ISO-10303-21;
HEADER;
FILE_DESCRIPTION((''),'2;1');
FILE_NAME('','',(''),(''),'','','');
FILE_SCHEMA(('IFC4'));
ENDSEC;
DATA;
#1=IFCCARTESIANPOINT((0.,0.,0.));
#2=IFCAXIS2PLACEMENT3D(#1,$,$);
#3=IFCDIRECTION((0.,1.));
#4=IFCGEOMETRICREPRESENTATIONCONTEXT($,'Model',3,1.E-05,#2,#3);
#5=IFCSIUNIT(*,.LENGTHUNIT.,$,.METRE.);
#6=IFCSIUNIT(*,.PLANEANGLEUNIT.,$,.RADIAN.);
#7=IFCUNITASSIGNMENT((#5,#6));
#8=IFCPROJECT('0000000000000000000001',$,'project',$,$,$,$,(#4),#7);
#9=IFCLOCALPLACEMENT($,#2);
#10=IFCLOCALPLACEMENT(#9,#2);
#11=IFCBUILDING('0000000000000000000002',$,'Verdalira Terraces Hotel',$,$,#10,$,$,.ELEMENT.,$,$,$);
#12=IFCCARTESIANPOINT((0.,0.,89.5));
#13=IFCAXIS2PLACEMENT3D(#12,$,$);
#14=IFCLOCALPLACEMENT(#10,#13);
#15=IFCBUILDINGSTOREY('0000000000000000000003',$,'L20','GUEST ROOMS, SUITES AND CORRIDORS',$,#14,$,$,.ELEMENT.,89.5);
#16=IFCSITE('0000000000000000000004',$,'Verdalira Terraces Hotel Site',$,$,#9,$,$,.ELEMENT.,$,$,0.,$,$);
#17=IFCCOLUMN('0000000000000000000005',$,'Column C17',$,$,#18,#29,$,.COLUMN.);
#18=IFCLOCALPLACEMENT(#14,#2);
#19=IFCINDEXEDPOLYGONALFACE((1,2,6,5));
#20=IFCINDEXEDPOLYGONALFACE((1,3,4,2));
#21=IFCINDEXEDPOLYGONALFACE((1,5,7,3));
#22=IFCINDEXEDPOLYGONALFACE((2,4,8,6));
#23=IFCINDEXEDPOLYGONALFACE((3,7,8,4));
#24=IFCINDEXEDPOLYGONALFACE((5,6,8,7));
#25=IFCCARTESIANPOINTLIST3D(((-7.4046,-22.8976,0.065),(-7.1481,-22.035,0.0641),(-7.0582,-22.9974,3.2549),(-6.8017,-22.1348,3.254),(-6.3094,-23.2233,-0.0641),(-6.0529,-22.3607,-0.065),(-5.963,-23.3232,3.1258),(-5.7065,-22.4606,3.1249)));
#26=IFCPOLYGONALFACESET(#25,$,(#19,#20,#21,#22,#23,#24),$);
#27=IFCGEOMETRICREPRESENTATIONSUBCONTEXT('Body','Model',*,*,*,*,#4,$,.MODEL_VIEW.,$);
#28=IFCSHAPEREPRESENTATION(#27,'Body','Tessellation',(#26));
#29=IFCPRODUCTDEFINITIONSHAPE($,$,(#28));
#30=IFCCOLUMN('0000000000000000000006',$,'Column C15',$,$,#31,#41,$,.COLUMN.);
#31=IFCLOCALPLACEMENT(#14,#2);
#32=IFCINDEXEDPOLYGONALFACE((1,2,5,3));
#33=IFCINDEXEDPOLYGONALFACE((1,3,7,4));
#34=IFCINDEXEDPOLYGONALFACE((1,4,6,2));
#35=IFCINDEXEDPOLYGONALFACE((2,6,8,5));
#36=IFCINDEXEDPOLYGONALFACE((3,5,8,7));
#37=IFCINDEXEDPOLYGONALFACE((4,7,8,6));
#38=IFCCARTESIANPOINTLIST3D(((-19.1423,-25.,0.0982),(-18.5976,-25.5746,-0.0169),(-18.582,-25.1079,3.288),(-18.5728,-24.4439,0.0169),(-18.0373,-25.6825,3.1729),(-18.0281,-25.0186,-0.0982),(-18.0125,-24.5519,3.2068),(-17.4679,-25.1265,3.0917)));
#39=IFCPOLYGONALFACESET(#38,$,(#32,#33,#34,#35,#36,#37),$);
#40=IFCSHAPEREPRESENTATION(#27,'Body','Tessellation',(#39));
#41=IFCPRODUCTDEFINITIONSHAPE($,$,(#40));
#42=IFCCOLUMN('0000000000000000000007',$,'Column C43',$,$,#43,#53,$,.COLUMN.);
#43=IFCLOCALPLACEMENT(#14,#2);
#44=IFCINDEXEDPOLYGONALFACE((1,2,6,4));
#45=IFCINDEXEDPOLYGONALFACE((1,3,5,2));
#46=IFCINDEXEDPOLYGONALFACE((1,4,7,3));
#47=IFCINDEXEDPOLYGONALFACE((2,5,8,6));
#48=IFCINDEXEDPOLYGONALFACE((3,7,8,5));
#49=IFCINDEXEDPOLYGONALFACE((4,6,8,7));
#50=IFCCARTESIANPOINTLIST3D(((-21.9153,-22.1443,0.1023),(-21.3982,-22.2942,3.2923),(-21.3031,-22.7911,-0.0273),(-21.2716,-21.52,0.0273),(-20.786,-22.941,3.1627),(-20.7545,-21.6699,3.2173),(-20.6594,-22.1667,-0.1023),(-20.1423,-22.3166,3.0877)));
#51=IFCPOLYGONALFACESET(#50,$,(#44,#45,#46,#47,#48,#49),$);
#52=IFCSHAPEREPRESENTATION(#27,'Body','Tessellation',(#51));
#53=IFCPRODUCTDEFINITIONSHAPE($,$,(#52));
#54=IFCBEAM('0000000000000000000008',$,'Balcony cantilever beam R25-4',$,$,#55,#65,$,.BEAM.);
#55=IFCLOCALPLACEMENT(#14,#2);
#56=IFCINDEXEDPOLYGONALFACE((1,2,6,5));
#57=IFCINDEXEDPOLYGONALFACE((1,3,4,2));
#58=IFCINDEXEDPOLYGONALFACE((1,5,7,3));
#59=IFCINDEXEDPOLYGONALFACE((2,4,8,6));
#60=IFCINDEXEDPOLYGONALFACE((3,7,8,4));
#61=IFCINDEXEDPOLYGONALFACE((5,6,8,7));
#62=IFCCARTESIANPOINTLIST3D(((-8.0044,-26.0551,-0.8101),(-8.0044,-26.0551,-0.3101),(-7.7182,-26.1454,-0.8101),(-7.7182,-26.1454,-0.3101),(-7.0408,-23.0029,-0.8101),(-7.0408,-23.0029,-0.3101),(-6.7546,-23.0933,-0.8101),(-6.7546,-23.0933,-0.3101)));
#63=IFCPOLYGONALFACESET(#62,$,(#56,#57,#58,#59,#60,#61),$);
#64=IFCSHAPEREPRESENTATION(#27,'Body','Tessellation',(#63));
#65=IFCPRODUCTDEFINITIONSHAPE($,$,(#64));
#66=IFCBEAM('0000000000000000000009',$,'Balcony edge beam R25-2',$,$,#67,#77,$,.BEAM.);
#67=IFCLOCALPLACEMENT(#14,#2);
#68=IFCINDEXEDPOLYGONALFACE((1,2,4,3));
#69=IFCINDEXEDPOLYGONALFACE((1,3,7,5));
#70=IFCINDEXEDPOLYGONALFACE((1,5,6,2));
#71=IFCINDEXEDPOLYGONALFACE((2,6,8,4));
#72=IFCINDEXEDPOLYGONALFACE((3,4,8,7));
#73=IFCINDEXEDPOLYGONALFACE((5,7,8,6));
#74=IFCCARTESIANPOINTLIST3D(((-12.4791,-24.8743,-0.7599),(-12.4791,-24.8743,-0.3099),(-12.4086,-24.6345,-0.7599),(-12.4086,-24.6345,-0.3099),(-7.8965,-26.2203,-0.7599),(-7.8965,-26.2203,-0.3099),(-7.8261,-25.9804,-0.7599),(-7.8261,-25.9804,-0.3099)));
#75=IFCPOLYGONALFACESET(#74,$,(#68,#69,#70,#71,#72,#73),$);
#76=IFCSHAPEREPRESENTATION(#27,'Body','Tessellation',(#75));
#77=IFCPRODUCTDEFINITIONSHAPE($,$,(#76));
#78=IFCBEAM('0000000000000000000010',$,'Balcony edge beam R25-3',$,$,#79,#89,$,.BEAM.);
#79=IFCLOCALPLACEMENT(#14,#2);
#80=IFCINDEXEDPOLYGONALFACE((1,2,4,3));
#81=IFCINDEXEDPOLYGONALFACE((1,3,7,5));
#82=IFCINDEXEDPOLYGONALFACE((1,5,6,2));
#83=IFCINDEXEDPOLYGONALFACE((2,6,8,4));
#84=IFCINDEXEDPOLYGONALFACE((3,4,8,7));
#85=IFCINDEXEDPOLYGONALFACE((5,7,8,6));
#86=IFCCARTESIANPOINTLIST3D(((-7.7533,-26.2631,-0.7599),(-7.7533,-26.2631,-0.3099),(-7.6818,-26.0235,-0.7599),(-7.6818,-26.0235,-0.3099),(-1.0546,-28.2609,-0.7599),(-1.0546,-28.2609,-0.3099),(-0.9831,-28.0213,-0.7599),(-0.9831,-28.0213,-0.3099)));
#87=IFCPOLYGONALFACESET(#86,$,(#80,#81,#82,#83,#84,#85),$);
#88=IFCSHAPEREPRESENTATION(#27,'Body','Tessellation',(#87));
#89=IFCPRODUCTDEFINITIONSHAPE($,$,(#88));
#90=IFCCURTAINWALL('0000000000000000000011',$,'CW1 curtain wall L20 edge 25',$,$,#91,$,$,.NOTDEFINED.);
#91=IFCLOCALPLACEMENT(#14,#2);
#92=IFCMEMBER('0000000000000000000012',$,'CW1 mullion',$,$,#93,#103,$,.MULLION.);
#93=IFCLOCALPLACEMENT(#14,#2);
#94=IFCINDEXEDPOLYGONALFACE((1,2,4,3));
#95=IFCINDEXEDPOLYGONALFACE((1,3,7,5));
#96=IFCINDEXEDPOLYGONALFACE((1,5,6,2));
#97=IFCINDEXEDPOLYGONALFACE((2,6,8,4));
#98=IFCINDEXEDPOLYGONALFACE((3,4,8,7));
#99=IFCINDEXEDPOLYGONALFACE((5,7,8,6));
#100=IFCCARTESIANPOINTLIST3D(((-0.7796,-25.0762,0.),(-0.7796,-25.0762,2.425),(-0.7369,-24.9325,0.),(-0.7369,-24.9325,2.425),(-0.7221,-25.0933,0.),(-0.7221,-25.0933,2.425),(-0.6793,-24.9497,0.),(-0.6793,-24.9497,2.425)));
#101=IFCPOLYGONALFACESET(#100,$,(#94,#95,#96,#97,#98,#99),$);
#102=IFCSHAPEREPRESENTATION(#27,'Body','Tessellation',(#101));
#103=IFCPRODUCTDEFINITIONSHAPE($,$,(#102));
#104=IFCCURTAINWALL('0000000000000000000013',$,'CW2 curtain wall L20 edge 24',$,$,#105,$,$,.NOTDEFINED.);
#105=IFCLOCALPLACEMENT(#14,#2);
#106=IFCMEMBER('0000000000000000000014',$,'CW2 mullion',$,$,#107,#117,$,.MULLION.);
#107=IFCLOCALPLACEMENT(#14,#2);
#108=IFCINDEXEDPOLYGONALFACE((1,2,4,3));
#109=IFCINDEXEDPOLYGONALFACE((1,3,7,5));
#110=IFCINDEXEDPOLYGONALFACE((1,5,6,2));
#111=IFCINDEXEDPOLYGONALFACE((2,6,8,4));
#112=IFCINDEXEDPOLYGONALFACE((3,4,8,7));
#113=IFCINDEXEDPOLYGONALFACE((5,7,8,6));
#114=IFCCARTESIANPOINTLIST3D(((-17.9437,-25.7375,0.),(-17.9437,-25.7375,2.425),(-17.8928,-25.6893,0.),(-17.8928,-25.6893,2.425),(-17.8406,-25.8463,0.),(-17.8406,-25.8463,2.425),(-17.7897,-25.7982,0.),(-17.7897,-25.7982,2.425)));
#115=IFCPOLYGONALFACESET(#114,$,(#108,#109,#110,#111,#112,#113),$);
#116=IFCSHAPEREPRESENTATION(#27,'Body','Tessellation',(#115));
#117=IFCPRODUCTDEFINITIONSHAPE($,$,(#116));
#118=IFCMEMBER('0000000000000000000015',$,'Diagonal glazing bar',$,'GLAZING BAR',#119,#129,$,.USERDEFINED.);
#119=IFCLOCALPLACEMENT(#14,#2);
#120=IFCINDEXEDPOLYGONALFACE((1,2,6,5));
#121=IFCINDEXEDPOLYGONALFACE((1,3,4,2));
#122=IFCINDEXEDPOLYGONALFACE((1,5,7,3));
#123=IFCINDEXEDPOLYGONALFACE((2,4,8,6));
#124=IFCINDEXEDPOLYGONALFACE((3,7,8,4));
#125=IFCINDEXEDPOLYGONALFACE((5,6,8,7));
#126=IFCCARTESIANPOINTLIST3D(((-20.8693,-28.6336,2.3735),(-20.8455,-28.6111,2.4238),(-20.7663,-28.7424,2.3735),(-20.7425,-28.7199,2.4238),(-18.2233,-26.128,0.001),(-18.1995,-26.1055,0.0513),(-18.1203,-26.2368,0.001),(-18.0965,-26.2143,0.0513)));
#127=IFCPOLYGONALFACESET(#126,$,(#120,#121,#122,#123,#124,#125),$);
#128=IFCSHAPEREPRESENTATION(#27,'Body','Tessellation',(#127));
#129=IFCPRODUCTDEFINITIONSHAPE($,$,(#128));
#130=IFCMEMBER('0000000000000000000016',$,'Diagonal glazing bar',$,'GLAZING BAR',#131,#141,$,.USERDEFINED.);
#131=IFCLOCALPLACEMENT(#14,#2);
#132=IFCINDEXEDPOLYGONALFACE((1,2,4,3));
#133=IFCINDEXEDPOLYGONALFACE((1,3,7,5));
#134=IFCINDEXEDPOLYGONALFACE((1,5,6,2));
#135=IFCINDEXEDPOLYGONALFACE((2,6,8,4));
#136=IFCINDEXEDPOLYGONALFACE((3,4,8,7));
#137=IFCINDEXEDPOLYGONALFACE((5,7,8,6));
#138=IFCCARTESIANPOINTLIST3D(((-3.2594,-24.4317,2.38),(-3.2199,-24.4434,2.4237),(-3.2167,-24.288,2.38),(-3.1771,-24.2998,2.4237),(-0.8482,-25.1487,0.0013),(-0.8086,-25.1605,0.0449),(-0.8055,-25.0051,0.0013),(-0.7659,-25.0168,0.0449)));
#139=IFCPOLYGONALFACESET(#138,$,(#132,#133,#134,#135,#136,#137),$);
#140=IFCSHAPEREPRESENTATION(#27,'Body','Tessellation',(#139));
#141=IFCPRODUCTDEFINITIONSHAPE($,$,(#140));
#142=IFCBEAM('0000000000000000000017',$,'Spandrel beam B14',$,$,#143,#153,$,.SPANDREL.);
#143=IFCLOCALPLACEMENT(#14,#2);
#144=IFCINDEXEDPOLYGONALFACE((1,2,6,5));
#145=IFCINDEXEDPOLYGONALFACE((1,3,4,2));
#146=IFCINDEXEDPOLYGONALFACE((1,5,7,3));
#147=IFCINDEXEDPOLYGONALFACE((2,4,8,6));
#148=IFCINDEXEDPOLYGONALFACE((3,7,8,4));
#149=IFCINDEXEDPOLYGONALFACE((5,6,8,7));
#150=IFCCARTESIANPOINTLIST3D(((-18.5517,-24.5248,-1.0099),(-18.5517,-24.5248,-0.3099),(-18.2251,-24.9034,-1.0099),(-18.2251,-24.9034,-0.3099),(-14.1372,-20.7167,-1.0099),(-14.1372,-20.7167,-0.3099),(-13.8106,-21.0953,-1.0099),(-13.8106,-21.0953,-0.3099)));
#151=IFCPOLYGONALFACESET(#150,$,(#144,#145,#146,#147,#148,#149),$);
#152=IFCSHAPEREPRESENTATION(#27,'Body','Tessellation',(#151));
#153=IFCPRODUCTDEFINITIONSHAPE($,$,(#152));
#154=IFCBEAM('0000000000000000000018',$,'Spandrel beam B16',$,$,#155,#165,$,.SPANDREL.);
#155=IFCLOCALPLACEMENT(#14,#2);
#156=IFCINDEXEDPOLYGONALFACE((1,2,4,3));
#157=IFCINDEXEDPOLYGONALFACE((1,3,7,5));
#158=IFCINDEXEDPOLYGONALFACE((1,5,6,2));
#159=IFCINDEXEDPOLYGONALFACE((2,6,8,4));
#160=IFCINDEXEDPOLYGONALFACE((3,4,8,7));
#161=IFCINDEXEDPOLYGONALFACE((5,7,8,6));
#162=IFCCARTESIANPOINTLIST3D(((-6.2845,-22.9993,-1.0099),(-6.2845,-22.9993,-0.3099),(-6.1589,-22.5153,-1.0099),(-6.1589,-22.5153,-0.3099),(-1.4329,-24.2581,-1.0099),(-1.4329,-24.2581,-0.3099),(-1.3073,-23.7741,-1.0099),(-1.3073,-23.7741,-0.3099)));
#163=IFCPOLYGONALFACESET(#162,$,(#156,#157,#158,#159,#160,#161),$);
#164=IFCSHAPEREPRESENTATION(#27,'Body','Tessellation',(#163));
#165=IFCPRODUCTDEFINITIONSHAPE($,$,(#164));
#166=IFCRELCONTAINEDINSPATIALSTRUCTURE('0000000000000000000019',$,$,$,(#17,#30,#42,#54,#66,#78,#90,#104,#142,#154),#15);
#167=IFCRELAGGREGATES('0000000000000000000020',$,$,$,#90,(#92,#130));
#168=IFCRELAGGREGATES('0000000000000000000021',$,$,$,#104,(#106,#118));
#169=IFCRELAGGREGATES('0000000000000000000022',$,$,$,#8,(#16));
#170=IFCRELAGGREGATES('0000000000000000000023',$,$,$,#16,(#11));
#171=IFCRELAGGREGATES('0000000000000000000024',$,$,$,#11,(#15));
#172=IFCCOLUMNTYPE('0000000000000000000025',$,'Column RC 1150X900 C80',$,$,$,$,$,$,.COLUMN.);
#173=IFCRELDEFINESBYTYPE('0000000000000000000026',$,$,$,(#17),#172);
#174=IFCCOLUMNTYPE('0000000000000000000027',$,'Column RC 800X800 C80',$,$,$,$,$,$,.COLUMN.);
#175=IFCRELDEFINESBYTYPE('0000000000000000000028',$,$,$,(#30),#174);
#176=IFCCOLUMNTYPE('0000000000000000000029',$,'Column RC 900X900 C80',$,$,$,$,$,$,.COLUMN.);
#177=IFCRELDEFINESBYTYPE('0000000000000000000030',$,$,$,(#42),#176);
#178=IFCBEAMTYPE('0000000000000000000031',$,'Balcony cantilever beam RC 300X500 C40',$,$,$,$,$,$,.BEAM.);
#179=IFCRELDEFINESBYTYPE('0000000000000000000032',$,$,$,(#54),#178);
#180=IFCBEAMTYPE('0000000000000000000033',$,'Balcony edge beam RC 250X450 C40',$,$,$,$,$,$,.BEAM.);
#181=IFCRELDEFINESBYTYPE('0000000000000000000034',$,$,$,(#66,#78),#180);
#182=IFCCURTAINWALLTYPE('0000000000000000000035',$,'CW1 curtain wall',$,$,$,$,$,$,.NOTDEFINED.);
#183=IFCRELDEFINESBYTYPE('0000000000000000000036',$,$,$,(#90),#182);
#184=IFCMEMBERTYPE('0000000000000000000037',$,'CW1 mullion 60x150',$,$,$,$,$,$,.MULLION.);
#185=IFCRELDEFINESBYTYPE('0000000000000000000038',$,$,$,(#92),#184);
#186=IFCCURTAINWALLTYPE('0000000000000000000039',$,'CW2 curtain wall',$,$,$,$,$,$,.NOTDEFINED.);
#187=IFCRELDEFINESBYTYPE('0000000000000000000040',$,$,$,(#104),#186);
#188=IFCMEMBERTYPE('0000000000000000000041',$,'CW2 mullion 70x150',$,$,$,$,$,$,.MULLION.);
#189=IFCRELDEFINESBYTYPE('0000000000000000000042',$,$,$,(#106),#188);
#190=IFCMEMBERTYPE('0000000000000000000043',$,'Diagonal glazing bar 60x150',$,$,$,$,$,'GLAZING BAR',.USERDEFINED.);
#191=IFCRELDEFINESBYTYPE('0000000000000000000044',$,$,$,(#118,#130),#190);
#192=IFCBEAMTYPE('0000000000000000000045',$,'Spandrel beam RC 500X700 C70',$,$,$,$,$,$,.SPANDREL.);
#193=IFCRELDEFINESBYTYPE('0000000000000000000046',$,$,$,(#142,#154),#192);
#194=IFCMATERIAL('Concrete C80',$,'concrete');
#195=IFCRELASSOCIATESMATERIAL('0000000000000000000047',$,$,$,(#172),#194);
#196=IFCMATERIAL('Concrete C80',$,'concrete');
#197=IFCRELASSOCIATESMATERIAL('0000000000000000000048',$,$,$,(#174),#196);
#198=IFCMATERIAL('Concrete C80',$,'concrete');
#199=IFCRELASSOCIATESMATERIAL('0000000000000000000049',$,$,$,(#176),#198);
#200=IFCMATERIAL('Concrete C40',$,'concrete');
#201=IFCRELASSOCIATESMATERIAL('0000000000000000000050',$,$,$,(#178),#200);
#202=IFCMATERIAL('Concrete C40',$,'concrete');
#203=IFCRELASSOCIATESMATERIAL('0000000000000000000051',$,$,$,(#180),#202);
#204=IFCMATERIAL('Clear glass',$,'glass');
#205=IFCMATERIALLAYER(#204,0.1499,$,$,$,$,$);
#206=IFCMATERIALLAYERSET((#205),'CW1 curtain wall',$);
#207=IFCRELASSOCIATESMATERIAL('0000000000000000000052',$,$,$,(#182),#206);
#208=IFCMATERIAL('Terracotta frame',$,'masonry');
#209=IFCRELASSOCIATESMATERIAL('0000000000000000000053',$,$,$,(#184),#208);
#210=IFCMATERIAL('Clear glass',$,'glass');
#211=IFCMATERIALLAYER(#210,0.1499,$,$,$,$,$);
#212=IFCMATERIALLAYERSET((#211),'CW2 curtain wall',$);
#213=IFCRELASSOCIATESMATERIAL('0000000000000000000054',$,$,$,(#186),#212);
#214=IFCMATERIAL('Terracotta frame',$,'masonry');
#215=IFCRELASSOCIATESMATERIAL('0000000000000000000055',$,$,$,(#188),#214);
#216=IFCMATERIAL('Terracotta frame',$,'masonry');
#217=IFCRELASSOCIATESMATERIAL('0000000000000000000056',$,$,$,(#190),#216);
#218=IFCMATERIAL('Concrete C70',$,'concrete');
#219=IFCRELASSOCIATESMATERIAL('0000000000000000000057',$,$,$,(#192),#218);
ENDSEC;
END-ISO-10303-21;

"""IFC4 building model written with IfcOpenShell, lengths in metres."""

from ifc_helpers import new_model, si_unit, direction, frame, origin, origin_2d, place, context, subcontext, project, spatial, rectangle, extrude, material, layer, layer_set, material_profile, profile_set, type_object, element, aggregate, save


model = new_model("IFC4")

# Units and contexts
model_context = context("Model", 3, precision=1e-05, world=origin(), true_north=direction((0.0, 1.0)))
body_context = subcontext(model_context, "Body", "Model", "MODEL_VIEW")
ifc_project = project(units=[si_unit("LENGTHUNIT", "METRE"), si_unit("PLANEANGLEUNIT", "RADIAN")], contexts=[model_context])

# Site, building, storey
site_placement = place(None, origin())
site = spatial("IfcSite", under=ifc_project, at=site_placement, Name="Verdalira Terraces Hotel Site", CompositionType="ELEMENT", RefElevation=0.0)
building_placement = place(site_placement, origin())
building = spatial("IfcBuilding", under=site, at=building_placement, Name="Verdalira Terraces Hotel", CompositionType="ELEMENT")
storey_placement = place(building_placement, frame((0.0, 0.0, 89.5)))
storey = spatial("IfcBuildingStorey", under=building, at=storey_placement, Name="L20", Description="GUEST ROOMS, SUITES AND CORRIDORS", CompositionType="ELEMENT", Elevation=89.5)

# Columns
ifc_material_1 = material(Name="Concrete C80", Category="concrete")
ifc_material_profile_1 = material_profile(ifc_material_1, rectangle(XDim=1.1499, YDim=0.8999, at=origin_2d()), Name="RC 1150X900")
ifc_profile_set_1 = profile_set([ifc_material_profile_1], Name="Concrete C80")
column_type_1 = type_object("IfcColumnType", Name="Column RC 1150X900 C80", PredefinedType="COLUMN", material=ifc_profile_set_1)
column_1_placement = place(storey_placement, frame((-6.7288, -22.6291, 0.0), z_axis=(0.107915, -0.031105, 0.993673), x_axis=(0.952434, -0.283296, -0.112305)))
element("IfcColumn", 1, at=column_1_placement, inside=storey, type_object=column_type_1, Name="Column C17", PredefinedType="COLUMN", context=body_context, shape_type="SweptSolid", body=[
    extrude(rectangle(XDim=1.1499, YDim=0.8999, at=origin_2d()), origin(), (0.0, 0.0, 1.0), 3.2102),
])
ifc_material_2 = material(Name="Concrete C80", Category="concrete")
ifc_material_profile_2 = material_profile(ifc_material_2, rectangle(XDim=0.8, YDim=0.8, at=origin_2d()), Name="RC 800X800")
ifc_profile_set_2 = profile_set([ifc_material_profile_2], Name="Concrete C80")
column_type_2 = type_object("IfcColumnType", Name="Column RC 800X800 C80", PredefinedType="COLUMN", material=ifc_profile_set_2)
column_2_placement = place(storey_placement, frame((-18.5852, -25.0093, 0.0), z_axis=(0.172902, -0.0333, 0.984376), x_axis=(0.711819, 0.694988, -0.101518)))
element("IfcColumn", 2, at=column_2_placement, inside=storey, type_object=column_type_2, Name="Column C15", PredefinedType="COLUMN", context=body_context, shape_type="SweptSolid", body=[
    extrude(rectangle(XDim=0.8, YDim=0.8, at=origin_2d()), origin(), (0.0, 0.0, 1.0), 3.2405),
])
ifc_material_3 = material(Name="Concrete C80", Category="concrete")
ifc_material_profile_3 = material_profile(ifc_material_3, rectangle(XDim=0.8999, YDim=0.8999, at=origin_2d()), Name="RC 900X900")
ifc_profile_set_3 = profile_set([ifc_material_profile_3], Name="Concrete C80")
column_type_3 = type_object("IfcColumnType", Name="Column RC 900X900 C80", PredefinedType="COLUMN", material=ifc_profile_set_3)
column_3_placement = place(storey_placement, frame((-21.2874, -22.1555, 0.0), z_axis=(0.15984, -0.046337, 0.986055), x_axis=(-0.715318, -0.693811, 0.083349)))
element("IfcColumn", 3, at=column_3_placement, inside=storey, type_object=column_type_3, Name="Column C43", PredefinedType="COLUMN", context=body_context, shape_type="SweptSolid", body=[
    extrude(rectangle(XDim=0.8999, YDim=0.8999, at=origin_2d()), origin(), (0.0, 0.0, 1.0), 3.2351),
])

# Beams
ifc_material_4 = material(Name="Concrete C40", Category="concrete")
ifc_material_profile_4 = material_profile(ifc_material_4, rectangle(XDim=0.3, YDim=0.5, at=origin_2d()), Name="RC 300X500")
ifc_profile_set_4 = profile_set([ifc_material_profile_4], Name="Concrete C40")
beam_type_1 = type_object("IfcBeamType", Name="Balcony cantilever beam RC 300X500 C40", PredefinedType="BEAM", material=ifc_profile_set_4)
beam_1_placement = place(storey_placement, frame((-6.8977, -23.0481, -0.5601), z_axis=(-0.301062, -0.953605, 0.0), x_axis=(0.953605, -0.301062, 0.0)))
element("IfcBeam", 4, at=beam_1_placement, inside=storey, type_object=beam_type_1, Name="Balcony cantilever beam R25-4", PredefinedType="BEAM", context=body_context, shape_type="SweptSolid", body=[
    extrude(rectangle(XDim=0.3, YDim=0.5, at=origin_2d()), origin(), (0.0, 0.0, 1.0), 3.2007),
])
ifc_material_5 = material(Name="Concrete C40", Category="concrete")
ifc_material_profile_5 = material_profile(ifc_material_5, rectangle(XDim=0.25, YDim=0.45, at=origin_2d()), Name="RC 250X450")
ifc_profile_set_5 = profile_set([ifc_material_profile_5], Name="Concrete C40")
beam_type_2 = type_object("IfcBeamType", Name="Balcony edge beam RC 250X450 C40", PredefinedType="BEAM", material=ifc_profile_set_5)
beam_2_placement = place(storey_placement, frame((-12.4438, -24.7544, -0.5349), z_axis=(0.95947, -0.281809, 0.0), x_axis=(0.281809, 0.95947, 0.0)))
element("IfcBeam", 5, at=beam_2_placement, inside=storey, type_object=beam_type_2, Name="Balcony edge beam R25-2", PredefinedType="BEAM", context=body_context, shape_type="SweptSolid", body=[
    extrude(rectangle(XDim=0.25, YDim=0.45, at=origin_2d()), origin(), (0.0, 0.0, 1.0), 4.7761),
])
beam_3_placement = place(storey_placement, frame((-7.7175, -26.1433, -0.5349), z_axis=(0.95829, -0.285797, 0.0), x_axis=(0.285797, 0.95829, 0.0)))
element("IfcBeam", 6, at=beam_3_placement, inside=storey, type_object=beam_type_2, Name="Balcony edge beam R25-3", PredefinedType="BEAM", context=body_context, shape_type="SweptSolid", body=[
    extrude(rectangle(XDim=0.25, YDim=0.45, at=origin_2d()), origin(), (0.0, 0.0, 1.0), 6.9902),
])

# Curtain wall, member
ifc_material_6 = material(Name="Clear glass", Category="glass")
ifc_layer_1 = layer(ifc_material_6, 0.1499)
ifc_layer_set_1 = layer_set([ifc_layer_1], Name="CW1 curtain wall")
curtain_wall_type_1 = type_object("IfcCurtainWallType", Name="CW1 curtain wall", PredefinedType="NOTDEFINED", material=ifc_layer_set_1)
curtain_wall_1_placement = place(storey_placement, origin())
curtain_wall_1 = element("IfcCurtainWall", 7, at=curtain_wall_1_placement, inside=storey, type_object=curtain_wall_type_1, Name="CW1 curtain wall L20 edge 25", PredefinedType="NOTDEFINED")
ifc_material_7 = material(Name="Terracotta frame", Category="masonry")
ifc_material_profile_6 = material_profile(ifc_material_7, rectangle(XDim=0.0601, YDim=0.1499, at=origin_2d()), Name="MU 60x150")
ifc_profile_set_6 = profile_set([ifc_material_profile_6], Name="Terracotta frame")
member_type_1 = type_object("IfcMemberType", Name="CW1 mullion 60x150", PredefinedType="MULLION", material=ifc_profile_set_6)
member_1_placement = place(storey_placement, frame((-0.7295, -25.0129, 0.0), z_axis=(0.0, 0.0, 1.0), x_axis=(0.958522, -0.285019, 0.0)))
member_1 = element("IfcMember", 8, at=member_1_placement, type_object=member_type_1, Name="CW1 mullion", PredefinedType="MULLION", context=body_context, shape_type="SweptSolid", body=[
    extrude(rectangle(XDim=0.0601, YDim=0.1499, at=origin_2d()), origin(), (0.0, 0.0, 1.0), 2.425),
])

# Curtain wall, members
ifc_material_8 = material(Name="Clear glass", Category="glass")
ifc_layer_2 = layer(ifc_material_8, 0.1499)
ifc_layer_set_2 = layer_set([ifc_layer_2], Name="CW2 curtain wall")
curtain_wall_type_2 = type_object("IfcCurtainWallType", Name="CW2 curtain wall", PredefinedType="NOTDEFINED", material=ifc_layer_set_2)
curtain_wall_2_placement = place(storey_placement, origin())
curtain_wall_2 = element("IfcCurtainWall", 9, at=curtain_wall_2_placement, inside=storey, type_object=curtain_wall_type_2, Name="CW2 curtain wall L20 edge 24", PredefinedType="NOTDEFINED")
ifc_material_9 = material(Name="Terracotta frame", Category="masonry")
ifc_material_profile_7 = material_profile(ifc_material_9, rectangle(XDim=0.0701, YDim=0.1499, at=origin_2d()), Name="MU 70x150")
ifc_profile_set_7 = profile_set([ifc_material_profile_7], Name="Terracotta frame")
member_type_2 = type_object("IfcMemberType", Name="CW2 mullion 70x150", PredefinedType="MULLION", material=ifc_profile_set_7)
member_2_placement = place(storey_placement, frame((-17.8667, -25.7678, 0.0), z_axis=(0.0, 0.0, 1.0), x_axis=(0.726095, 0.687595, 0.0)))
member_2 = element("IfcMember", 10, at=member_2_placement, type_object=member_type_2, Name="CW2 mullion", PredefinedType="MULLION", context=body_context, shape_type="SweptSolid", body=[
    extrude(rectangle(XDim=0.0701, YDim=0.1499, at=origin_2d()), origin(), (0.0, 0.0, 1.0), 2.425),
])
ifc_material_10 = material(Name="Terracotta frame", Category="masonry")
ifc_material_profile_8 = material_profile(ifc_material_10, rectangle(XDim=0.1499, YDim=0.0601, at=origin_2d()), Name="GB 60x150")
ifc_profile_set_8 = profile_set([ifc_material_profile_8], Name="Terracotta frame")
member_type_3 = type_object("IfcMemberType", Name="Diagonal glazing bar 60x150", ElementType="GLAZING BAR", PredefinedType="USERDEFINED", material=ifc_profile_set_8)
member_3_placement = place(storey_placement, frame((-20.8059, -28.6768, 2.3987), z_axis=(0.608501, 0.576218, -0.545619), x_axis=(-0.687583, 0.726106, 0.0)))
member_3 = element("IfcMember", 11, at=member_3_placement, type_object=member_type_3, Name="Diagonal glazing bar", ObjectType="GLAZING BAR", PredefinedType="USERDEFINED", context=body_context, shape_type="SweptSolid", body=[
    extrude(rectangle(XDim=0.1499, YDim=0.0601, at=origin_2d()), origin(), (0.0, 0.0, 1.0), 4.3484),
])

# Member
member_4_placement = place(storey_placement, frame((-3.2183, -24.3657, 2.4019), z_axis=(0.696448, -0.207115, -0.687069), x_axis=(0.28505, 0.958513, 0.0)))
member_4 = element("IfcMember", 12, at=member_4_placement, type_object=member_type_3, Name="Diagonal glazing bar", ObjectType="GLAZING BAR", PredefinedType="USERDEFINED", context=body_context, shape_type="SweptSolid", body=[
    extrude(rectangle(XDim=0.1499, YDim=0.0601, at=origin_2d()), origin(), (0.0, 0.0, 1.0), 3.4622),
])

# Beams
ifc_material_11 = material(Name="Concrete C70", Category="concrete")
ifc_material_profile_9 = material_profile(ifc_material_11, rectangle(XDim=0.5, YDim=0.7, at=origin_2d()), Name="RC 500X700")
ifc_profile_set_9 = profile_set([ifc_material_profile_9], Name="Concrete C70")
beam_type_3 = type_object("IfcBeamType", Name="Spandrel beam RC 500X700 C70", PredefinedType="SPANDREL", material=ifc_profile_set_9)
beam_4_placement = place(storey_placement, frame((-18.3884, -24.7141, -0.6599), z_axis=(0.757201, 0.653181, 0.0), x_axis=(-0.653181, 0.757201, 0.0)))
element("IfcBeam", 13, at=beam_4_placement, inside=storey, type_object=beam_type_3, Name="Spandrel beam B14", PredefinedType="SPANDREL", context=body_context, shape_type="SweptSolid", body=[
    extrude(rectangle(XDim=0.5, YDim=0.7, at=origin_2d()), origin(), (0.0, 0.0, 1.0), 5.8301),
])
beam_5_placement = place(storey_placement, frame((-6.2217, -22.7573, -0.6599), z_axis=(0.96795, -0.251145, 0.0), x_axis=(0.251145, 0.96795, 0.0)))
element("IfcBeam", 14, at=beam_5_placement, inside=storey, type_object=beam_type_3, Name="Spandrel beam B16", PredefinedType="SPANDREL", context=body_context, shape_type="SweptSolid", body=[
    extrude(rectangle(XDim=0.5, YDim=0.7, at=origin_2d()), origin(), (0.0, 0.0, 1.0), 5.0122),
])

aggregate(curtain_wall_1, [member_1, member_4])
aggregate(curtain_wall_2, [member_2, member_3])

save(model, "model.ifc")
